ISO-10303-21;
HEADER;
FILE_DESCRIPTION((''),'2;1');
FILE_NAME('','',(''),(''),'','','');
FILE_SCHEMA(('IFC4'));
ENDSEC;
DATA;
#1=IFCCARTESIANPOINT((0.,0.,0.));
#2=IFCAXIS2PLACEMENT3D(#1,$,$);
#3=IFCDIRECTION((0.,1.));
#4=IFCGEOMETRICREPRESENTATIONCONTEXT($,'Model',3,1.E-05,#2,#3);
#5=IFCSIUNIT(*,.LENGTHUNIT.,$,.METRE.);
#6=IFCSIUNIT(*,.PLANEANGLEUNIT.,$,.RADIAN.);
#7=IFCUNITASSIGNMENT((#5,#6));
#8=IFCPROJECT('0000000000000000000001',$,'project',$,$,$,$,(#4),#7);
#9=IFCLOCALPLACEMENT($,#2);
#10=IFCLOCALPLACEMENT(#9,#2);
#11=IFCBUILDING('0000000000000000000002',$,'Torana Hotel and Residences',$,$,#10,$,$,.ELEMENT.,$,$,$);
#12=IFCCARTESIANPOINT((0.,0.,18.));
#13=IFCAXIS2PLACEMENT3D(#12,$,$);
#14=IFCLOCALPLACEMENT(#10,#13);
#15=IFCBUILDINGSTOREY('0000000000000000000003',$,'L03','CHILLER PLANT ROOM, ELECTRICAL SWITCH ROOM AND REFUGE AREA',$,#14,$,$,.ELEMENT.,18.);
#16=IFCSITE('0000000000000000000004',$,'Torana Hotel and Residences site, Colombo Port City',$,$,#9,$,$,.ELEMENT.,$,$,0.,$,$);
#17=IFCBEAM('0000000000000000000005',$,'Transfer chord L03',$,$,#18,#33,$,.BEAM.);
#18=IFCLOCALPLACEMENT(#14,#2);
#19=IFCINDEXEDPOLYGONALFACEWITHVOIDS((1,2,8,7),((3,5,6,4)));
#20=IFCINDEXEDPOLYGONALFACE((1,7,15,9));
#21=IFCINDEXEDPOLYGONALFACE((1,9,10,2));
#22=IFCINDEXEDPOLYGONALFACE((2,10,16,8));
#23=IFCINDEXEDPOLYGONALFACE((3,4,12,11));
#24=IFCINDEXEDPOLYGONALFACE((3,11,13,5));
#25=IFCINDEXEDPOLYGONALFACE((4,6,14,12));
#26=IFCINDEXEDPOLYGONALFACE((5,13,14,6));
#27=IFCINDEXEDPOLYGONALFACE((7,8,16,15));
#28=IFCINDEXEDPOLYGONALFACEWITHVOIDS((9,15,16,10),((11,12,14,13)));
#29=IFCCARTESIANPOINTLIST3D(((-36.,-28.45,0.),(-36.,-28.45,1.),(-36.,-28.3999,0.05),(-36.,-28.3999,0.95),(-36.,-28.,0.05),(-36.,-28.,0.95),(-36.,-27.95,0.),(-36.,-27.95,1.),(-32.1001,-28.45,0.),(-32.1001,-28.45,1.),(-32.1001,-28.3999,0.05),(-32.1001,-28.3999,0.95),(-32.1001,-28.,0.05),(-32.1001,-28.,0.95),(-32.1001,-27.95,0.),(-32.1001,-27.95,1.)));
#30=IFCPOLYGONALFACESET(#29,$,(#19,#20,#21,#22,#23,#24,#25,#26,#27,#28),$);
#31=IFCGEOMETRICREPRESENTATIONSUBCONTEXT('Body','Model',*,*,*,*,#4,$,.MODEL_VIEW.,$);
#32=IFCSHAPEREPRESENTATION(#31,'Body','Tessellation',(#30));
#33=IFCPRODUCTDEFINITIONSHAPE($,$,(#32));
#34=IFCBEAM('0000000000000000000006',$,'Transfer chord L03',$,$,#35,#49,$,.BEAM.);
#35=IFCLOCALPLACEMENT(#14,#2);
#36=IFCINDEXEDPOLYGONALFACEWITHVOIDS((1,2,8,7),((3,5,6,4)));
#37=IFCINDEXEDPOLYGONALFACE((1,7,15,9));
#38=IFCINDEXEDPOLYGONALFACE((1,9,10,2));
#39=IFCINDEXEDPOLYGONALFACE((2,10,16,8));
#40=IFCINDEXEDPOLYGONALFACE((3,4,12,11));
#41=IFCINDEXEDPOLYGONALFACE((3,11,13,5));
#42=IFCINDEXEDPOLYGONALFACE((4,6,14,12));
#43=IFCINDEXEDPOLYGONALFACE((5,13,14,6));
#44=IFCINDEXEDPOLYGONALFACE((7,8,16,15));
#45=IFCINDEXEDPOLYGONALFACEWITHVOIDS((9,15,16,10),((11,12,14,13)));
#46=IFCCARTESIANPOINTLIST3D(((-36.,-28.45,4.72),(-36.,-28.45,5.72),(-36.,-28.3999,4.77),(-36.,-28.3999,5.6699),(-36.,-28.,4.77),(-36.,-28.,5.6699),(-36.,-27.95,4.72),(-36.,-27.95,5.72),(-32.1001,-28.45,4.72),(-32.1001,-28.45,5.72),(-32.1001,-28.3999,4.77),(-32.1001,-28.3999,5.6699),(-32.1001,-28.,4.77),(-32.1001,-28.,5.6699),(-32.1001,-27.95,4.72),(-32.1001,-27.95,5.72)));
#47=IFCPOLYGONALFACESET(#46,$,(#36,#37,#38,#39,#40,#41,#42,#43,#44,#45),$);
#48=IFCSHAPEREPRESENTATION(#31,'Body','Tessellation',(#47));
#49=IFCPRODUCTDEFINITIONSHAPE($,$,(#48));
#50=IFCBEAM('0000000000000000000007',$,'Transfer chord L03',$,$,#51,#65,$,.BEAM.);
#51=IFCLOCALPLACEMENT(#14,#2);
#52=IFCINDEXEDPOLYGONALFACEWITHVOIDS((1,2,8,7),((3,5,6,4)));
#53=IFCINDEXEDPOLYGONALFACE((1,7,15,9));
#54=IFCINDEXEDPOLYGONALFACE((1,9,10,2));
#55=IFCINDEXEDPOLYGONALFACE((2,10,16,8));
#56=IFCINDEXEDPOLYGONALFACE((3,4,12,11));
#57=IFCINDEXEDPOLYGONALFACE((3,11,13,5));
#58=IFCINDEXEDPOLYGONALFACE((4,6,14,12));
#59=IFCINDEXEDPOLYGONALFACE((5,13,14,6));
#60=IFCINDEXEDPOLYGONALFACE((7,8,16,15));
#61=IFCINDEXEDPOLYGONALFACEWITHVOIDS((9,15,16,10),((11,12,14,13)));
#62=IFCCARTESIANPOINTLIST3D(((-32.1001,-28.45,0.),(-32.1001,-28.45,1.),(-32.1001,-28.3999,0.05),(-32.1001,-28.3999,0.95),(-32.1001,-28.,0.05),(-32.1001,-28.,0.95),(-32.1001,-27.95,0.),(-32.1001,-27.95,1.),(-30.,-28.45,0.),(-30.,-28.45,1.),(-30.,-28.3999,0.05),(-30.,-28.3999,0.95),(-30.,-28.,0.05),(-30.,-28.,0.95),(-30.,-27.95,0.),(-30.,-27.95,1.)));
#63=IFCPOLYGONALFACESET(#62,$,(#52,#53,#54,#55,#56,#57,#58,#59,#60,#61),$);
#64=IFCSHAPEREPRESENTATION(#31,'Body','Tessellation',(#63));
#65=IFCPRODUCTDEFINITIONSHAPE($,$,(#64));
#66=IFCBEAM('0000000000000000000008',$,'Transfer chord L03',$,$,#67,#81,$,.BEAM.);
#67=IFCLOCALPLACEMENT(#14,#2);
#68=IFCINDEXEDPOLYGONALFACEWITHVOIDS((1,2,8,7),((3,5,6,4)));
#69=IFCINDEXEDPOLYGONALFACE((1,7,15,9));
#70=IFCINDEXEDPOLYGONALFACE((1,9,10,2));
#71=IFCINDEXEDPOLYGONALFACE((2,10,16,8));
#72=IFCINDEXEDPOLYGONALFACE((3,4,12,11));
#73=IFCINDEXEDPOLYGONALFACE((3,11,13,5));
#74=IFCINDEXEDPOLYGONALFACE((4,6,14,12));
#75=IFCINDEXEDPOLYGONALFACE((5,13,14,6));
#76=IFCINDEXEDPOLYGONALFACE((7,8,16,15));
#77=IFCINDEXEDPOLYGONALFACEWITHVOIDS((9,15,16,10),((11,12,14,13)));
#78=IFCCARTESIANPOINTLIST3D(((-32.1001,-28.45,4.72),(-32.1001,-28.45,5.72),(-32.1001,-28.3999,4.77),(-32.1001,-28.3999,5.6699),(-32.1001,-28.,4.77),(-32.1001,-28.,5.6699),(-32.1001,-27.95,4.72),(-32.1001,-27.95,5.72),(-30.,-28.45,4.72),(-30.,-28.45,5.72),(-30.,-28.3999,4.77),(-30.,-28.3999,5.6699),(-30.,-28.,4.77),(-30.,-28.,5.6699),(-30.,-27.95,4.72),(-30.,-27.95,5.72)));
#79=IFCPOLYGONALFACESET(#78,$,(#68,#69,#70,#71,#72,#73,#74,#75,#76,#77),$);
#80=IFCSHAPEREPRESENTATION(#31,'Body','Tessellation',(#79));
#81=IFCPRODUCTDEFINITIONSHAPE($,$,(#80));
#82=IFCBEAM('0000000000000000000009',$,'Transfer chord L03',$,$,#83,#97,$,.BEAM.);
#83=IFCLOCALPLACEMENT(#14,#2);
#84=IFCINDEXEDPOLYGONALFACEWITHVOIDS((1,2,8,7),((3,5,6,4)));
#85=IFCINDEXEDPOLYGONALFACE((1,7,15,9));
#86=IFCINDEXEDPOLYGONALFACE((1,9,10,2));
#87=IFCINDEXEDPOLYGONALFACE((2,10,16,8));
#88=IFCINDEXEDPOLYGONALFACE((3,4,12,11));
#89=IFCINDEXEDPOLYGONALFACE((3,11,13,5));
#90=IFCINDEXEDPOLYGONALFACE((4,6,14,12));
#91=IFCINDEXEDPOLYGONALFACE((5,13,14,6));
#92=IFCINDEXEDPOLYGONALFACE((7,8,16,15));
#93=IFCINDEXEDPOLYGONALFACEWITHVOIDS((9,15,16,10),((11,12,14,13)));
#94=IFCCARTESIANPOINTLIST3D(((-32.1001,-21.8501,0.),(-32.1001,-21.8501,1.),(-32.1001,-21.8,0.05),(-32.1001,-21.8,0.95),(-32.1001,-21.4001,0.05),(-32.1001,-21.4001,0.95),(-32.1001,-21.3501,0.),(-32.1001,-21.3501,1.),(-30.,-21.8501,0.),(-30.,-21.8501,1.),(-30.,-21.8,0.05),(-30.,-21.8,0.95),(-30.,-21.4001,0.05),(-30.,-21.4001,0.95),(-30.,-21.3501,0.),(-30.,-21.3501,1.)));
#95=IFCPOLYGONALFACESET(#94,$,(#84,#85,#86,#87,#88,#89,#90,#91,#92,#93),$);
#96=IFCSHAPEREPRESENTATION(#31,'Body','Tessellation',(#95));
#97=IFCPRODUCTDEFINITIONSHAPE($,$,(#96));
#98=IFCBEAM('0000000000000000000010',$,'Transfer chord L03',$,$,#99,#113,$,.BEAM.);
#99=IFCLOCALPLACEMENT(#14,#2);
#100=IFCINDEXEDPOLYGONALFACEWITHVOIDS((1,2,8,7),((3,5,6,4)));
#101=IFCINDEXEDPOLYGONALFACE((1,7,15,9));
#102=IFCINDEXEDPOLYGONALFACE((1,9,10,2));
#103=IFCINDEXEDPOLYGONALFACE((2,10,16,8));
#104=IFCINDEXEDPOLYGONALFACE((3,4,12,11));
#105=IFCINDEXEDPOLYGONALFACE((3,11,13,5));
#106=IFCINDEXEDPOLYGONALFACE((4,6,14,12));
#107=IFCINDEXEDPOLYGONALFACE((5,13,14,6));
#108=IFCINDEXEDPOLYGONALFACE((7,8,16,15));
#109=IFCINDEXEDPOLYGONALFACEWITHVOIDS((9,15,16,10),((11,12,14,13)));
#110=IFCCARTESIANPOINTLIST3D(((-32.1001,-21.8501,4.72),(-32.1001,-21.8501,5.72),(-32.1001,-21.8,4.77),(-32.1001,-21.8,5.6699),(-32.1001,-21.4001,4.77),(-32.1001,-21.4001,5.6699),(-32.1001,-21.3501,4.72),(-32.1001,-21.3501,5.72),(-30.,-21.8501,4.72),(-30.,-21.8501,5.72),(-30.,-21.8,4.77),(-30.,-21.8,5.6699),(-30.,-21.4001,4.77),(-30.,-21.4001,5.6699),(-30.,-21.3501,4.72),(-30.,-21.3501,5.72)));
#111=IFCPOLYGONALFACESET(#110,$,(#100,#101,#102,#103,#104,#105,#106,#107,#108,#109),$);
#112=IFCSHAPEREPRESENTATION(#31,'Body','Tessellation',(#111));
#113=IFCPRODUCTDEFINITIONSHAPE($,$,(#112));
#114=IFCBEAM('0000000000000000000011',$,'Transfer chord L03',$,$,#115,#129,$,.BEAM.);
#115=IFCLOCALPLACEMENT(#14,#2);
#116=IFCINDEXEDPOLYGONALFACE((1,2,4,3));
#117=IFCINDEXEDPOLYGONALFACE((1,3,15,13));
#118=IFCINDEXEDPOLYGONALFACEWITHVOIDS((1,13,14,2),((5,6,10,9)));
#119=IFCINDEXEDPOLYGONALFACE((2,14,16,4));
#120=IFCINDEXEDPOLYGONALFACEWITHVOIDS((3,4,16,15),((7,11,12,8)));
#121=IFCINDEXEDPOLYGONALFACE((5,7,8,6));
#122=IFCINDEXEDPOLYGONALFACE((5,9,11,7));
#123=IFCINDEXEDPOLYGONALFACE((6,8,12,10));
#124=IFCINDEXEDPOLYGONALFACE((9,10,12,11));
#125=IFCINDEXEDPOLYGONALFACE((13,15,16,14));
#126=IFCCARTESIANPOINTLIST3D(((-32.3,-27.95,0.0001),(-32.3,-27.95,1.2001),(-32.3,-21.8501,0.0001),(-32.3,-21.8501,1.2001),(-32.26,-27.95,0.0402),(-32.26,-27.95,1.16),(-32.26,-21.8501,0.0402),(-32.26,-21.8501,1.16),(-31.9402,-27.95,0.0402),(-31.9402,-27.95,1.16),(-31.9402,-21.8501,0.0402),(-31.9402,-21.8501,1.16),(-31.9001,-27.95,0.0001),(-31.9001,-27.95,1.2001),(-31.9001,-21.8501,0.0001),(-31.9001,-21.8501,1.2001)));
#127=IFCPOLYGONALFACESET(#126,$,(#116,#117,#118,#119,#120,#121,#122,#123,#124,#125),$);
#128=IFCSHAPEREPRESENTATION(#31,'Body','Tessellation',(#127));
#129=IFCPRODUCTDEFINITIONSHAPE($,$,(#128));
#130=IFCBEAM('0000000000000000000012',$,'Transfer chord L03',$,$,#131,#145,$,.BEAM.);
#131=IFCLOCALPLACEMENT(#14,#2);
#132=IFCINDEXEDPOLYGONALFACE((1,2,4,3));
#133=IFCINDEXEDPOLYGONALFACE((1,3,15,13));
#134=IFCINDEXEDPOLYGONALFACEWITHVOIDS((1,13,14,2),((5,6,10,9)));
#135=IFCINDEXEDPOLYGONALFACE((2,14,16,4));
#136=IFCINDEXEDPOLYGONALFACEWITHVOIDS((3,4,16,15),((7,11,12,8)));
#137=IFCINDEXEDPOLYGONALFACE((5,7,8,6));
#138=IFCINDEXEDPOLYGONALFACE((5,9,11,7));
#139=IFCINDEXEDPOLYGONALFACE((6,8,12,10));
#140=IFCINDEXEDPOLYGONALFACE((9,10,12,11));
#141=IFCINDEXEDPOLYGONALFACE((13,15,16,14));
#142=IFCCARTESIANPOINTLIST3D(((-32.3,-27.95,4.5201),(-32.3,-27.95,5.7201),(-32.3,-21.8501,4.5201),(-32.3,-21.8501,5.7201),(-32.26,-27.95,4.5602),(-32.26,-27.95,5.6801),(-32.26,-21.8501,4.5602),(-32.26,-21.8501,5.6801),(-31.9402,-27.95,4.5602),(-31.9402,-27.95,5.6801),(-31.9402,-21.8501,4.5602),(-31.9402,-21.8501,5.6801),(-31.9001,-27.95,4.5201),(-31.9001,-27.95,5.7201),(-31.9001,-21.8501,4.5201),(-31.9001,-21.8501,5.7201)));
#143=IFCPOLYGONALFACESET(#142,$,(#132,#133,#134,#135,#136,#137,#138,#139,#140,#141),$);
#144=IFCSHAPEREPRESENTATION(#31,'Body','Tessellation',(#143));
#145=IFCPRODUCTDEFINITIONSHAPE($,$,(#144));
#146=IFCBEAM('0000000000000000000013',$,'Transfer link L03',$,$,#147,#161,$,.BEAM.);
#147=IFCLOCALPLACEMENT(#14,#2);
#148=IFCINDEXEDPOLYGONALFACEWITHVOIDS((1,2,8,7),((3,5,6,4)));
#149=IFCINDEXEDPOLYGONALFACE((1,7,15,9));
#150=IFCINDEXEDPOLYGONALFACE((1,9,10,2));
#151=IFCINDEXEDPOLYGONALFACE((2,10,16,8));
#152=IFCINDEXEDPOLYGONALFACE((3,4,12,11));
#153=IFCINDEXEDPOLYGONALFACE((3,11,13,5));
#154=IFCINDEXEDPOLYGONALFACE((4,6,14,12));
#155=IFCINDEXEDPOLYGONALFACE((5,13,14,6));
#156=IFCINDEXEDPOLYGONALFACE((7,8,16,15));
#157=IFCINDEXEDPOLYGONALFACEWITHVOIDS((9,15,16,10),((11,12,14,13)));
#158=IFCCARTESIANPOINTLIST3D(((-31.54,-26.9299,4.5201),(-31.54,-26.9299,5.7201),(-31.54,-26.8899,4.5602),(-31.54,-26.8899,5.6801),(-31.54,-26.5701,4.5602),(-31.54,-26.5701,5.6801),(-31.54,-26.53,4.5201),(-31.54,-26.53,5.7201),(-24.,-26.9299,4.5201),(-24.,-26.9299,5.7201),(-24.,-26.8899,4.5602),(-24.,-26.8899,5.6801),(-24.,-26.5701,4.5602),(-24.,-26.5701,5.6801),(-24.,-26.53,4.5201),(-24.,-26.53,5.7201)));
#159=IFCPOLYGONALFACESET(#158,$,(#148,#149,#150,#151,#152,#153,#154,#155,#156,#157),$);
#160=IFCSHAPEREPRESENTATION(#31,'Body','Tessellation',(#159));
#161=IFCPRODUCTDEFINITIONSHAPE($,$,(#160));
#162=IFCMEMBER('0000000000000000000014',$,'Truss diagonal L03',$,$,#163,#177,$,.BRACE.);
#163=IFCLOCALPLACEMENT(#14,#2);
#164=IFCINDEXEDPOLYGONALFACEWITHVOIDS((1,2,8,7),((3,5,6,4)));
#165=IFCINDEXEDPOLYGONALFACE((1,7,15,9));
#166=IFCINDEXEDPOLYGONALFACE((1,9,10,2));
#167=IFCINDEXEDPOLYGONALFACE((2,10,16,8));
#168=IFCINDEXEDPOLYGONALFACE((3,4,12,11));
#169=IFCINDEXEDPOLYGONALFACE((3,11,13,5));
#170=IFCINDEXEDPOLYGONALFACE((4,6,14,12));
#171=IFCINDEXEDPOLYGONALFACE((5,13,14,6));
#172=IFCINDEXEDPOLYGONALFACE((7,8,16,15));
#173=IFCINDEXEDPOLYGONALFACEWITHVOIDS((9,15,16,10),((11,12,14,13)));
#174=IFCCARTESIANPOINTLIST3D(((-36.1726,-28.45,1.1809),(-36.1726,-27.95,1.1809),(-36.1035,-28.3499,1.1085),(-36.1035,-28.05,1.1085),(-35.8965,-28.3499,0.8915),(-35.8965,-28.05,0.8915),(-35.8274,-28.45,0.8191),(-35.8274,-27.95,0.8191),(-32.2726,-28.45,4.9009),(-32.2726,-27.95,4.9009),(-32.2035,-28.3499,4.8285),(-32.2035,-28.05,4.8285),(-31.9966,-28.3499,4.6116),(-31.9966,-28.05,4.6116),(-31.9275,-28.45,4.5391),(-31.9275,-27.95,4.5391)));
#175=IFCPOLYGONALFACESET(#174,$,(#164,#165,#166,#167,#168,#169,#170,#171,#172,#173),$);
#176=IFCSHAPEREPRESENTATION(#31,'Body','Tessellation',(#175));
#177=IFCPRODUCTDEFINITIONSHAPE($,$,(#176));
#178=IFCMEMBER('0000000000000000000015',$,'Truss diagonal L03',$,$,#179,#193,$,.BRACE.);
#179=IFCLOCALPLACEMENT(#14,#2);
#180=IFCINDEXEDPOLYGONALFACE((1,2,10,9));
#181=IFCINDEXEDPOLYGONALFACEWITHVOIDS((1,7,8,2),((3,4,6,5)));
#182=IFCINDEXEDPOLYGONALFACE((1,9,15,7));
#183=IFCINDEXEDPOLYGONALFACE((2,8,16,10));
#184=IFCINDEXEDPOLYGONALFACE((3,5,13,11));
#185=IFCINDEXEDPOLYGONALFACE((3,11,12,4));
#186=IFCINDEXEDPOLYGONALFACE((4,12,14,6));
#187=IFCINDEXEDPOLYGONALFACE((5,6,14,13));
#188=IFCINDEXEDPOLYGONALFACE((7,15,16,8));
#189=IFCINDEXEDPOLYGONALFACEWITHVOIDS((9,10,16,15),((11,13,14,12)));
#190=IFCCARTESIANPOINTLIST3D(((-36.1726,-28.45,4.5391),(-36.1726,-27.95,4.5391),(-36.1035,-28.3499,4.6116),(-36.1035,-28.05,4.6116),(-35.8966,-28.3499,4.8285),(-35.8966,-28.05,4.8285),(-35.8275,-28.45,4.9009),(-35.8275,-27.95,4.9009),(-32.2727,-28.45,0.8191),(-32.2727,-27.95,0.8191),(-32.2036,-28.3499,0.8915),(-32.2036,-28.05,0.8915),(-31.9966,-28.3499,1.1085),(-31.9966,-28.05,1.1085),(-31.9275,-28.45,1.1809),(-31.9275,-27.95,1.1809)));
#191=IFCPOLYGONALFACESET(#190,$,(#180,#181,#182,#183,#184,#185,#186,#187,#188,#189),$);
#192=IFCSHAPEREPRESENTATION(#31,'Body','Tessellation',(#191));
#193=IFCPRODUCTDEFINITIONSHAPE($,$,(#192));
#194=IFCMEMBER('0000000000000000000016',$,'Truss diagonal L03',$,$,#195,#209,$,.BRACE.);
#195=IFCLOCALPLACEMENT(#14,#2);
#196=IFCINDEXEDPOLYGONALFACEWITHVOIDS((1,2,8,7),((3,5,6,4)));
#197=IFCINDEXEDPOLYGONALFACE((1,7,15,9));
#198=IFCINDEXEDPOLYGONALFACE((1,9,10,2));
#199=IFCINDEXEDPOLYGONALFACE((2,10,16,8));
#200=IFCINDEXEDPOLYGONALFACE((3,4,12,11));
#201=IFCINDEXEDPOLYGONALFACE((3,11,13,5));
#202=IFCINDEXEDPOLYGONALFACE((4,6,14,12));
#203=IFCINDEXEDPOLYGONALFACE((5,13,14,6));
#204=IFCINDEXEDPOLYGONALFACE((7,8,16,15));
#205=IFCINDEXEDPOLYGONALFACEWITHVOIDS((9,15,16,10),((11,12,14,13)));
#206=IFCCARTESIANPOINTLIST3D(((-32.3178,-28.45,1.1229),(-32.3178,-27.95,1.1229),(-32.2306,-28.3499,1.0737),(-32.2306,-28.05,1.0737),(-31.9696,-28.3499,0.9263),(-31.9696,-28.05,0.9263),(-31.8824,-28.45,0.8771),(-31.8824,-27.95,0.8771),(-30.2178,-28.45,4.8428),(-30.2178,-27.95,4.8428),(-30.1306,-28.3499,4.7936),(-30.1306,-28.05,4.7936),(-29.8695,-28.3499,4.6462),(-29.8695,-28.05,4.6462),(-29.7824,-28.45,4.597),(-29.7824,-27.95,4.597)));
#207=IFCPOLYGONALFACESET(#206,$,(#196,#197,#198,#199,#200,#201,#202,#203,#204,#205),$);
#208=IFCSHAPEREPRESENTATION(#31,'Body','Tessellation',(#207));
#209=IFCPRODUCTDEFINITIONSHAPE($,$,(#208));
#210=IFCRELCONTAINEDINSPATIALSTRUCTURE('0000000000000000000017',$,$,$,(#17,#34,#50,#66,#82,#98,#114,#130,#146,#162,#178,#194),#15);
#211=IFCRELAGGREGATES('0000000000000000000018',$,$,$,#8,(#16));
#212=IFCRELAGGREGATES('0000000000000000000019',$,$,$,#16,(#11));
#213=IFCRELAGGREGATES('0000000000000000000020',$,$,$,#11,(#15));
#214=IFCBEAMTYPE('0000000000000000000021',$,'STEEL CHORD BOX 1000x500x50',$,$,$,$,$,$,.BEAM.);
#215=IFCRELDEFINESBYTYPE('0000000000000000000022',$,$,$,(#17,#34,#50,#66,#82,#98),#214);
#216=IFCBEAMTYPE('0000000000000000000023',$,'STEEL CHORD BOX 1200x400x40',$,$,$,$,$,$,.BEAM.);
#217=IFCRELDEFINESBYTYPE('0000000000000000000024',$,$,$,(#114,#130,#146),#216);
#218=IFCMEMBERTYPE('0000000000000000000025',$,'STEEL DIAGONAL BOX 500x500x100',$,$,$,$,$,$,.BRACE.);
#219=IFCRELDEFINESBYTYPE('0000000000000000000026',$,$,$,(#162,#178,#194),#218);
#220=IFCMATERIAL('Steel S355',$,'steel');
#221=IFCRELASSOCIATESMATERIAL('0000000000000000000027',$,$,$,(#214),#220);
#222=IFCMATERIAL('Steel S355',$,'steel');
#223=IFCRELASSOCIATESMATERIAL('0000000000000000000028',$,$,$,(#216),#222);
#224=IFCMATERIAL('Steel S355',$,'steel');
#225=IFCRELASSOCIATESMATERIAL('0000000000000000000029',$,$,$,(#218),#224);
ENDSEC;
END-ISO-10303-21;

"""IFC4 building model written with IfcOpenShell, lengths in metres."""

from ifc_helpers import new_model, si_unit, direction, frame, origin, origin_2d, place, context, subcontext, project, spatial, hollow_rectangle, extrude, material, material_profile, profile_set, type_object, element, save


model = new_model("IFC4")

# Units and contexts
model_context = context("Model", 3, precision=1e-05, world=origin(), true_north=direction((0.0, 1.0)))
body_context = subcontext(model_context, "Body", "Model", "MODEL_VIEW")
ifc_project = project(units=[si_unit("LENGTHUNIT", "METRE"), si_unit("PLANEANGLEUNIT", "RADIAN")], contexts=[model_context])

# Site, building, storey
site_placement = place(None, origin())
site = spatial("IfcSite", under=ifc_project, at=site_placement, Name="Torana Hotel and Residences site, Colombo Port City", CompositionType="ELEMENT", RefElevation=0.0)
building_placement = place(site_placement, origin())
building = spatial("IfcBuilding", under=site, at=building_placement, Name="Torana Hotel and Residences", CompositionType="ELEMENT")
storey_placement = place(building_placement, frame((0.0, 0.0, 18.0)))
storey = spatial("IfcBuildingStorey", under=building, at=storey_placement, Name="L03", Description="CHILLER PLANT ROOM, ELECTRICAL SWITCH ROOM AND REFUGE AREA", CompositionType="ELEMENT", Elevation=18.0)

# Beams
ifc_material_1 = material(Name="Steel S355", Category="steel")
ifc_material_profile_1 = material_profile(ifc_material_1, hollow_rectangle(XDim=0.5, YDim=1.0, WallThickness=0.05, at=origin_2d()), Name="BOX 1000x500x50")
ifc_profile_set_1 = profile_set([ifc_material_profile_1], Name="Steel S355")
beam_type_1 = type_object("IfcBeamType", Name="STEEL CHORD BOX 1000x500x50", PredefinedType="BEAM", material=ifc_profile_set_1)
for number, where, z_axis, x_axis, name in (
    (1, (-36.0, -28.2, 0.5), (1.0, 0.0, 0.0), (0.0, 1.0, 0.0), "Transfer chord L03"),
    (2, (-36.0, -28.2, 5.22), (1.0, 0.0, 0.0), (0.0, 1.0, 0.0), "Transfer chord L03"),
):
    element("IfcBeam", number, at=place(storey_placement, frame(where, z_axis=z_axis, x_axis=x_axis)), inside=storey, type_object=beam_type_1, Name=name, PredefinedType="BEAM", context=body_context, shape_type="SweptSolid", body=[
        extrude(hollow_rectangle(XDim=0.5, YDim=1.0, WallThickness=0.05, at=origin_2d()), origin(), (0.0, 0.0, 1.0), 3.8999),
    ])
for number, where, z_axis, x_axis, name in (
    (3, (-32.1001, -28.2, 0.5), (1.0, 0.0, 0.0), (0.0, 1.0, 0.0), "Transfer chord L03"),
    (4, (-32.1001, -28.2, 5.22), (1.0, 0.0, 0.0), (0.0, 1.0, 0.0), "Transfer chord L03"),
    (5, (-32.1001, -21.6001, 0.5), (1.0, 0.0, 0.0), (0.0, 1.0, 0.0), "Transfer chord L03"),
    (6, (-32.1001, -21.6001, 5.22), (1.0, 0.0, 0.0), (0.0, 1.0, 0.0), "Transfer chord L03"),
):
    element("IfcBeam", number, at=place(storey_placement, frame(where, z_axis=z_axis, x_axis=x_axis)), inside=storey, type_object=beam_type_1, Name=name, PredefinedType="BEAM", context=body_context, shape_type="SweptSolid", body=[
        extrude(hollow_rectangle(XDim=0.5, YDim=1.0, WallThickness=0.05, at=origin_2d()), origin(), (0.0, 0.0, 1.0), 2.1001),
    ])
ifc_material_2 = material(Name="Steel S355", Category="steel")
ifc_material_profile_2 = material_profile(ifc_material_2, hollow_rectangle(XDim=0.3999, YDim=1.2, WallThickness=0.04, at=origin_2d()), Name="BOX 1200x400x40")
ifc_profile_set_2 = profile_set([ifc_material_profile_2], Name="Steel S355")
beam_type_2 = type_object("IfcBeamType", Name="STEEL CHORD BOX 1200x400x40", PredefinedType="BEAM", material=ifc_profile_set_2)
for number, where, z_axis, x_axis, name in (
    (7, (-32.1001, -27.95, 0.6001), (0.0, 1.0, 0.0), (-1.0, 0.0, 0.0), "Transfer chord L03"),
    (8, (-32.1001, -27.95, 5.1201), (0.0, 1.0, 0.0), (-1.0, 0.0, 0.0), "Transfer chord L03"),
):
    element("IfcBeam", number, at=place(storey_placement, frame(where, z_axis=z_axis, x_axis=x_axis)), inside=storey, type_object=beam_type_2, Name=name, PredefinedType="BEAM", context=body_context, shape_type="SweptSolid", body=[
        extrude(hollow_rectangle(XDim=0.3999, YDim=1.2, WallThickness=0.04, at=origin_2d()), origin(), (0.0, 0.0, 1.0), 6.0999),
    ])
beam_placement = place(storey_placement, frame((-31.54, -26.73, 5.1201), z_axis=(1.0, 0.0, 0.0), x_axis=(0.0, 1.0, 0.0)))
element("IfcBeam", 9, at=beam_placement, inside=storey, type_object=beam_type_2, Name="Transfer link L03", PredefinedType="BEAM", context=body_context, shape_type="SweptSolid", body=[
    extrude(hollow_rectangle(XDim=0.3999, YDim=1.2, WallThickness=0.04, at=origin_2d()), origin(), (0.0, 0.0, 1.0), 7.54),
])

# Members
ifc_material_3 = material(Name="Steel S355", Category="steel")
ifc_material_profile_3 = material_profile(ifc_material_3, hollow_rectangle(XDim=0.5, YDim=0.5, WallThickness=0.1001, at=origin_2d()), Name="BOX 500x500x100")
ifc_profile_set_3 = profile_set([ifc_material_profile_3], Name="Steel S355")
member_type_1 = type_object("IfcMemberType", Name="STEEL DIAGONAL BOX 500x500x100", PredefinedType="BRACE", material=ifc_profile_set_3)
for number, where, z_axis, x_axis, name in (
    (10, (-36.0, -28.2, 1.0), (0.723602, 0.0, 0.690217), (0.0, 1.0, 0.0), "Truss diagonal L03"),
    (11, (-32.1001, -28.2, 1.0), (-0.723602, 0.0, 0.690217), (0.0, -1.0, 0.0), "Truss diagonal L03"),
):
    element("IfcMember", number, at=place(storey_placement, frame(where, z_axis=z_axis, x_axis=x_axis)), inside=storey, type_object=member_type_1, Name=name, PredefinedType="BRACE", context=body_context, shape_type="SweptSolid", body=[
        extrude(hollow_rectangle(XDim=0.5, YDim=0.5, WallThickness=0.1001, at=origin_2d()), origin(), (0.0, 0.0, 1.0), 5.3896),
    ])
for number, where, z_axis, x_axis, name in (
    (12, (-32.1001, -28.2, 1.0), (0.491615, 0.0, 0.870813), (0.0, 1.0, 0.0), "Truss diagonal L03"),
):
    element("IfcMember", number, at=place(storey_placement, frame(where, z_axis=z_axis, x_axis=x_axis)), inside=storey, type_object=member_type_1, Name=name, PredefinedType="BRACE", context=body_context, shape_type="SweptSolid", body=[
        extrude(hollow_rectangle(XDim=0.5, YDim=0.5, WallThickness=0.1001, at=origin_2d()), origin(), (0.0, 0.0, 1.0), 4.2717),
    ])

save(model, "model.ifc")
